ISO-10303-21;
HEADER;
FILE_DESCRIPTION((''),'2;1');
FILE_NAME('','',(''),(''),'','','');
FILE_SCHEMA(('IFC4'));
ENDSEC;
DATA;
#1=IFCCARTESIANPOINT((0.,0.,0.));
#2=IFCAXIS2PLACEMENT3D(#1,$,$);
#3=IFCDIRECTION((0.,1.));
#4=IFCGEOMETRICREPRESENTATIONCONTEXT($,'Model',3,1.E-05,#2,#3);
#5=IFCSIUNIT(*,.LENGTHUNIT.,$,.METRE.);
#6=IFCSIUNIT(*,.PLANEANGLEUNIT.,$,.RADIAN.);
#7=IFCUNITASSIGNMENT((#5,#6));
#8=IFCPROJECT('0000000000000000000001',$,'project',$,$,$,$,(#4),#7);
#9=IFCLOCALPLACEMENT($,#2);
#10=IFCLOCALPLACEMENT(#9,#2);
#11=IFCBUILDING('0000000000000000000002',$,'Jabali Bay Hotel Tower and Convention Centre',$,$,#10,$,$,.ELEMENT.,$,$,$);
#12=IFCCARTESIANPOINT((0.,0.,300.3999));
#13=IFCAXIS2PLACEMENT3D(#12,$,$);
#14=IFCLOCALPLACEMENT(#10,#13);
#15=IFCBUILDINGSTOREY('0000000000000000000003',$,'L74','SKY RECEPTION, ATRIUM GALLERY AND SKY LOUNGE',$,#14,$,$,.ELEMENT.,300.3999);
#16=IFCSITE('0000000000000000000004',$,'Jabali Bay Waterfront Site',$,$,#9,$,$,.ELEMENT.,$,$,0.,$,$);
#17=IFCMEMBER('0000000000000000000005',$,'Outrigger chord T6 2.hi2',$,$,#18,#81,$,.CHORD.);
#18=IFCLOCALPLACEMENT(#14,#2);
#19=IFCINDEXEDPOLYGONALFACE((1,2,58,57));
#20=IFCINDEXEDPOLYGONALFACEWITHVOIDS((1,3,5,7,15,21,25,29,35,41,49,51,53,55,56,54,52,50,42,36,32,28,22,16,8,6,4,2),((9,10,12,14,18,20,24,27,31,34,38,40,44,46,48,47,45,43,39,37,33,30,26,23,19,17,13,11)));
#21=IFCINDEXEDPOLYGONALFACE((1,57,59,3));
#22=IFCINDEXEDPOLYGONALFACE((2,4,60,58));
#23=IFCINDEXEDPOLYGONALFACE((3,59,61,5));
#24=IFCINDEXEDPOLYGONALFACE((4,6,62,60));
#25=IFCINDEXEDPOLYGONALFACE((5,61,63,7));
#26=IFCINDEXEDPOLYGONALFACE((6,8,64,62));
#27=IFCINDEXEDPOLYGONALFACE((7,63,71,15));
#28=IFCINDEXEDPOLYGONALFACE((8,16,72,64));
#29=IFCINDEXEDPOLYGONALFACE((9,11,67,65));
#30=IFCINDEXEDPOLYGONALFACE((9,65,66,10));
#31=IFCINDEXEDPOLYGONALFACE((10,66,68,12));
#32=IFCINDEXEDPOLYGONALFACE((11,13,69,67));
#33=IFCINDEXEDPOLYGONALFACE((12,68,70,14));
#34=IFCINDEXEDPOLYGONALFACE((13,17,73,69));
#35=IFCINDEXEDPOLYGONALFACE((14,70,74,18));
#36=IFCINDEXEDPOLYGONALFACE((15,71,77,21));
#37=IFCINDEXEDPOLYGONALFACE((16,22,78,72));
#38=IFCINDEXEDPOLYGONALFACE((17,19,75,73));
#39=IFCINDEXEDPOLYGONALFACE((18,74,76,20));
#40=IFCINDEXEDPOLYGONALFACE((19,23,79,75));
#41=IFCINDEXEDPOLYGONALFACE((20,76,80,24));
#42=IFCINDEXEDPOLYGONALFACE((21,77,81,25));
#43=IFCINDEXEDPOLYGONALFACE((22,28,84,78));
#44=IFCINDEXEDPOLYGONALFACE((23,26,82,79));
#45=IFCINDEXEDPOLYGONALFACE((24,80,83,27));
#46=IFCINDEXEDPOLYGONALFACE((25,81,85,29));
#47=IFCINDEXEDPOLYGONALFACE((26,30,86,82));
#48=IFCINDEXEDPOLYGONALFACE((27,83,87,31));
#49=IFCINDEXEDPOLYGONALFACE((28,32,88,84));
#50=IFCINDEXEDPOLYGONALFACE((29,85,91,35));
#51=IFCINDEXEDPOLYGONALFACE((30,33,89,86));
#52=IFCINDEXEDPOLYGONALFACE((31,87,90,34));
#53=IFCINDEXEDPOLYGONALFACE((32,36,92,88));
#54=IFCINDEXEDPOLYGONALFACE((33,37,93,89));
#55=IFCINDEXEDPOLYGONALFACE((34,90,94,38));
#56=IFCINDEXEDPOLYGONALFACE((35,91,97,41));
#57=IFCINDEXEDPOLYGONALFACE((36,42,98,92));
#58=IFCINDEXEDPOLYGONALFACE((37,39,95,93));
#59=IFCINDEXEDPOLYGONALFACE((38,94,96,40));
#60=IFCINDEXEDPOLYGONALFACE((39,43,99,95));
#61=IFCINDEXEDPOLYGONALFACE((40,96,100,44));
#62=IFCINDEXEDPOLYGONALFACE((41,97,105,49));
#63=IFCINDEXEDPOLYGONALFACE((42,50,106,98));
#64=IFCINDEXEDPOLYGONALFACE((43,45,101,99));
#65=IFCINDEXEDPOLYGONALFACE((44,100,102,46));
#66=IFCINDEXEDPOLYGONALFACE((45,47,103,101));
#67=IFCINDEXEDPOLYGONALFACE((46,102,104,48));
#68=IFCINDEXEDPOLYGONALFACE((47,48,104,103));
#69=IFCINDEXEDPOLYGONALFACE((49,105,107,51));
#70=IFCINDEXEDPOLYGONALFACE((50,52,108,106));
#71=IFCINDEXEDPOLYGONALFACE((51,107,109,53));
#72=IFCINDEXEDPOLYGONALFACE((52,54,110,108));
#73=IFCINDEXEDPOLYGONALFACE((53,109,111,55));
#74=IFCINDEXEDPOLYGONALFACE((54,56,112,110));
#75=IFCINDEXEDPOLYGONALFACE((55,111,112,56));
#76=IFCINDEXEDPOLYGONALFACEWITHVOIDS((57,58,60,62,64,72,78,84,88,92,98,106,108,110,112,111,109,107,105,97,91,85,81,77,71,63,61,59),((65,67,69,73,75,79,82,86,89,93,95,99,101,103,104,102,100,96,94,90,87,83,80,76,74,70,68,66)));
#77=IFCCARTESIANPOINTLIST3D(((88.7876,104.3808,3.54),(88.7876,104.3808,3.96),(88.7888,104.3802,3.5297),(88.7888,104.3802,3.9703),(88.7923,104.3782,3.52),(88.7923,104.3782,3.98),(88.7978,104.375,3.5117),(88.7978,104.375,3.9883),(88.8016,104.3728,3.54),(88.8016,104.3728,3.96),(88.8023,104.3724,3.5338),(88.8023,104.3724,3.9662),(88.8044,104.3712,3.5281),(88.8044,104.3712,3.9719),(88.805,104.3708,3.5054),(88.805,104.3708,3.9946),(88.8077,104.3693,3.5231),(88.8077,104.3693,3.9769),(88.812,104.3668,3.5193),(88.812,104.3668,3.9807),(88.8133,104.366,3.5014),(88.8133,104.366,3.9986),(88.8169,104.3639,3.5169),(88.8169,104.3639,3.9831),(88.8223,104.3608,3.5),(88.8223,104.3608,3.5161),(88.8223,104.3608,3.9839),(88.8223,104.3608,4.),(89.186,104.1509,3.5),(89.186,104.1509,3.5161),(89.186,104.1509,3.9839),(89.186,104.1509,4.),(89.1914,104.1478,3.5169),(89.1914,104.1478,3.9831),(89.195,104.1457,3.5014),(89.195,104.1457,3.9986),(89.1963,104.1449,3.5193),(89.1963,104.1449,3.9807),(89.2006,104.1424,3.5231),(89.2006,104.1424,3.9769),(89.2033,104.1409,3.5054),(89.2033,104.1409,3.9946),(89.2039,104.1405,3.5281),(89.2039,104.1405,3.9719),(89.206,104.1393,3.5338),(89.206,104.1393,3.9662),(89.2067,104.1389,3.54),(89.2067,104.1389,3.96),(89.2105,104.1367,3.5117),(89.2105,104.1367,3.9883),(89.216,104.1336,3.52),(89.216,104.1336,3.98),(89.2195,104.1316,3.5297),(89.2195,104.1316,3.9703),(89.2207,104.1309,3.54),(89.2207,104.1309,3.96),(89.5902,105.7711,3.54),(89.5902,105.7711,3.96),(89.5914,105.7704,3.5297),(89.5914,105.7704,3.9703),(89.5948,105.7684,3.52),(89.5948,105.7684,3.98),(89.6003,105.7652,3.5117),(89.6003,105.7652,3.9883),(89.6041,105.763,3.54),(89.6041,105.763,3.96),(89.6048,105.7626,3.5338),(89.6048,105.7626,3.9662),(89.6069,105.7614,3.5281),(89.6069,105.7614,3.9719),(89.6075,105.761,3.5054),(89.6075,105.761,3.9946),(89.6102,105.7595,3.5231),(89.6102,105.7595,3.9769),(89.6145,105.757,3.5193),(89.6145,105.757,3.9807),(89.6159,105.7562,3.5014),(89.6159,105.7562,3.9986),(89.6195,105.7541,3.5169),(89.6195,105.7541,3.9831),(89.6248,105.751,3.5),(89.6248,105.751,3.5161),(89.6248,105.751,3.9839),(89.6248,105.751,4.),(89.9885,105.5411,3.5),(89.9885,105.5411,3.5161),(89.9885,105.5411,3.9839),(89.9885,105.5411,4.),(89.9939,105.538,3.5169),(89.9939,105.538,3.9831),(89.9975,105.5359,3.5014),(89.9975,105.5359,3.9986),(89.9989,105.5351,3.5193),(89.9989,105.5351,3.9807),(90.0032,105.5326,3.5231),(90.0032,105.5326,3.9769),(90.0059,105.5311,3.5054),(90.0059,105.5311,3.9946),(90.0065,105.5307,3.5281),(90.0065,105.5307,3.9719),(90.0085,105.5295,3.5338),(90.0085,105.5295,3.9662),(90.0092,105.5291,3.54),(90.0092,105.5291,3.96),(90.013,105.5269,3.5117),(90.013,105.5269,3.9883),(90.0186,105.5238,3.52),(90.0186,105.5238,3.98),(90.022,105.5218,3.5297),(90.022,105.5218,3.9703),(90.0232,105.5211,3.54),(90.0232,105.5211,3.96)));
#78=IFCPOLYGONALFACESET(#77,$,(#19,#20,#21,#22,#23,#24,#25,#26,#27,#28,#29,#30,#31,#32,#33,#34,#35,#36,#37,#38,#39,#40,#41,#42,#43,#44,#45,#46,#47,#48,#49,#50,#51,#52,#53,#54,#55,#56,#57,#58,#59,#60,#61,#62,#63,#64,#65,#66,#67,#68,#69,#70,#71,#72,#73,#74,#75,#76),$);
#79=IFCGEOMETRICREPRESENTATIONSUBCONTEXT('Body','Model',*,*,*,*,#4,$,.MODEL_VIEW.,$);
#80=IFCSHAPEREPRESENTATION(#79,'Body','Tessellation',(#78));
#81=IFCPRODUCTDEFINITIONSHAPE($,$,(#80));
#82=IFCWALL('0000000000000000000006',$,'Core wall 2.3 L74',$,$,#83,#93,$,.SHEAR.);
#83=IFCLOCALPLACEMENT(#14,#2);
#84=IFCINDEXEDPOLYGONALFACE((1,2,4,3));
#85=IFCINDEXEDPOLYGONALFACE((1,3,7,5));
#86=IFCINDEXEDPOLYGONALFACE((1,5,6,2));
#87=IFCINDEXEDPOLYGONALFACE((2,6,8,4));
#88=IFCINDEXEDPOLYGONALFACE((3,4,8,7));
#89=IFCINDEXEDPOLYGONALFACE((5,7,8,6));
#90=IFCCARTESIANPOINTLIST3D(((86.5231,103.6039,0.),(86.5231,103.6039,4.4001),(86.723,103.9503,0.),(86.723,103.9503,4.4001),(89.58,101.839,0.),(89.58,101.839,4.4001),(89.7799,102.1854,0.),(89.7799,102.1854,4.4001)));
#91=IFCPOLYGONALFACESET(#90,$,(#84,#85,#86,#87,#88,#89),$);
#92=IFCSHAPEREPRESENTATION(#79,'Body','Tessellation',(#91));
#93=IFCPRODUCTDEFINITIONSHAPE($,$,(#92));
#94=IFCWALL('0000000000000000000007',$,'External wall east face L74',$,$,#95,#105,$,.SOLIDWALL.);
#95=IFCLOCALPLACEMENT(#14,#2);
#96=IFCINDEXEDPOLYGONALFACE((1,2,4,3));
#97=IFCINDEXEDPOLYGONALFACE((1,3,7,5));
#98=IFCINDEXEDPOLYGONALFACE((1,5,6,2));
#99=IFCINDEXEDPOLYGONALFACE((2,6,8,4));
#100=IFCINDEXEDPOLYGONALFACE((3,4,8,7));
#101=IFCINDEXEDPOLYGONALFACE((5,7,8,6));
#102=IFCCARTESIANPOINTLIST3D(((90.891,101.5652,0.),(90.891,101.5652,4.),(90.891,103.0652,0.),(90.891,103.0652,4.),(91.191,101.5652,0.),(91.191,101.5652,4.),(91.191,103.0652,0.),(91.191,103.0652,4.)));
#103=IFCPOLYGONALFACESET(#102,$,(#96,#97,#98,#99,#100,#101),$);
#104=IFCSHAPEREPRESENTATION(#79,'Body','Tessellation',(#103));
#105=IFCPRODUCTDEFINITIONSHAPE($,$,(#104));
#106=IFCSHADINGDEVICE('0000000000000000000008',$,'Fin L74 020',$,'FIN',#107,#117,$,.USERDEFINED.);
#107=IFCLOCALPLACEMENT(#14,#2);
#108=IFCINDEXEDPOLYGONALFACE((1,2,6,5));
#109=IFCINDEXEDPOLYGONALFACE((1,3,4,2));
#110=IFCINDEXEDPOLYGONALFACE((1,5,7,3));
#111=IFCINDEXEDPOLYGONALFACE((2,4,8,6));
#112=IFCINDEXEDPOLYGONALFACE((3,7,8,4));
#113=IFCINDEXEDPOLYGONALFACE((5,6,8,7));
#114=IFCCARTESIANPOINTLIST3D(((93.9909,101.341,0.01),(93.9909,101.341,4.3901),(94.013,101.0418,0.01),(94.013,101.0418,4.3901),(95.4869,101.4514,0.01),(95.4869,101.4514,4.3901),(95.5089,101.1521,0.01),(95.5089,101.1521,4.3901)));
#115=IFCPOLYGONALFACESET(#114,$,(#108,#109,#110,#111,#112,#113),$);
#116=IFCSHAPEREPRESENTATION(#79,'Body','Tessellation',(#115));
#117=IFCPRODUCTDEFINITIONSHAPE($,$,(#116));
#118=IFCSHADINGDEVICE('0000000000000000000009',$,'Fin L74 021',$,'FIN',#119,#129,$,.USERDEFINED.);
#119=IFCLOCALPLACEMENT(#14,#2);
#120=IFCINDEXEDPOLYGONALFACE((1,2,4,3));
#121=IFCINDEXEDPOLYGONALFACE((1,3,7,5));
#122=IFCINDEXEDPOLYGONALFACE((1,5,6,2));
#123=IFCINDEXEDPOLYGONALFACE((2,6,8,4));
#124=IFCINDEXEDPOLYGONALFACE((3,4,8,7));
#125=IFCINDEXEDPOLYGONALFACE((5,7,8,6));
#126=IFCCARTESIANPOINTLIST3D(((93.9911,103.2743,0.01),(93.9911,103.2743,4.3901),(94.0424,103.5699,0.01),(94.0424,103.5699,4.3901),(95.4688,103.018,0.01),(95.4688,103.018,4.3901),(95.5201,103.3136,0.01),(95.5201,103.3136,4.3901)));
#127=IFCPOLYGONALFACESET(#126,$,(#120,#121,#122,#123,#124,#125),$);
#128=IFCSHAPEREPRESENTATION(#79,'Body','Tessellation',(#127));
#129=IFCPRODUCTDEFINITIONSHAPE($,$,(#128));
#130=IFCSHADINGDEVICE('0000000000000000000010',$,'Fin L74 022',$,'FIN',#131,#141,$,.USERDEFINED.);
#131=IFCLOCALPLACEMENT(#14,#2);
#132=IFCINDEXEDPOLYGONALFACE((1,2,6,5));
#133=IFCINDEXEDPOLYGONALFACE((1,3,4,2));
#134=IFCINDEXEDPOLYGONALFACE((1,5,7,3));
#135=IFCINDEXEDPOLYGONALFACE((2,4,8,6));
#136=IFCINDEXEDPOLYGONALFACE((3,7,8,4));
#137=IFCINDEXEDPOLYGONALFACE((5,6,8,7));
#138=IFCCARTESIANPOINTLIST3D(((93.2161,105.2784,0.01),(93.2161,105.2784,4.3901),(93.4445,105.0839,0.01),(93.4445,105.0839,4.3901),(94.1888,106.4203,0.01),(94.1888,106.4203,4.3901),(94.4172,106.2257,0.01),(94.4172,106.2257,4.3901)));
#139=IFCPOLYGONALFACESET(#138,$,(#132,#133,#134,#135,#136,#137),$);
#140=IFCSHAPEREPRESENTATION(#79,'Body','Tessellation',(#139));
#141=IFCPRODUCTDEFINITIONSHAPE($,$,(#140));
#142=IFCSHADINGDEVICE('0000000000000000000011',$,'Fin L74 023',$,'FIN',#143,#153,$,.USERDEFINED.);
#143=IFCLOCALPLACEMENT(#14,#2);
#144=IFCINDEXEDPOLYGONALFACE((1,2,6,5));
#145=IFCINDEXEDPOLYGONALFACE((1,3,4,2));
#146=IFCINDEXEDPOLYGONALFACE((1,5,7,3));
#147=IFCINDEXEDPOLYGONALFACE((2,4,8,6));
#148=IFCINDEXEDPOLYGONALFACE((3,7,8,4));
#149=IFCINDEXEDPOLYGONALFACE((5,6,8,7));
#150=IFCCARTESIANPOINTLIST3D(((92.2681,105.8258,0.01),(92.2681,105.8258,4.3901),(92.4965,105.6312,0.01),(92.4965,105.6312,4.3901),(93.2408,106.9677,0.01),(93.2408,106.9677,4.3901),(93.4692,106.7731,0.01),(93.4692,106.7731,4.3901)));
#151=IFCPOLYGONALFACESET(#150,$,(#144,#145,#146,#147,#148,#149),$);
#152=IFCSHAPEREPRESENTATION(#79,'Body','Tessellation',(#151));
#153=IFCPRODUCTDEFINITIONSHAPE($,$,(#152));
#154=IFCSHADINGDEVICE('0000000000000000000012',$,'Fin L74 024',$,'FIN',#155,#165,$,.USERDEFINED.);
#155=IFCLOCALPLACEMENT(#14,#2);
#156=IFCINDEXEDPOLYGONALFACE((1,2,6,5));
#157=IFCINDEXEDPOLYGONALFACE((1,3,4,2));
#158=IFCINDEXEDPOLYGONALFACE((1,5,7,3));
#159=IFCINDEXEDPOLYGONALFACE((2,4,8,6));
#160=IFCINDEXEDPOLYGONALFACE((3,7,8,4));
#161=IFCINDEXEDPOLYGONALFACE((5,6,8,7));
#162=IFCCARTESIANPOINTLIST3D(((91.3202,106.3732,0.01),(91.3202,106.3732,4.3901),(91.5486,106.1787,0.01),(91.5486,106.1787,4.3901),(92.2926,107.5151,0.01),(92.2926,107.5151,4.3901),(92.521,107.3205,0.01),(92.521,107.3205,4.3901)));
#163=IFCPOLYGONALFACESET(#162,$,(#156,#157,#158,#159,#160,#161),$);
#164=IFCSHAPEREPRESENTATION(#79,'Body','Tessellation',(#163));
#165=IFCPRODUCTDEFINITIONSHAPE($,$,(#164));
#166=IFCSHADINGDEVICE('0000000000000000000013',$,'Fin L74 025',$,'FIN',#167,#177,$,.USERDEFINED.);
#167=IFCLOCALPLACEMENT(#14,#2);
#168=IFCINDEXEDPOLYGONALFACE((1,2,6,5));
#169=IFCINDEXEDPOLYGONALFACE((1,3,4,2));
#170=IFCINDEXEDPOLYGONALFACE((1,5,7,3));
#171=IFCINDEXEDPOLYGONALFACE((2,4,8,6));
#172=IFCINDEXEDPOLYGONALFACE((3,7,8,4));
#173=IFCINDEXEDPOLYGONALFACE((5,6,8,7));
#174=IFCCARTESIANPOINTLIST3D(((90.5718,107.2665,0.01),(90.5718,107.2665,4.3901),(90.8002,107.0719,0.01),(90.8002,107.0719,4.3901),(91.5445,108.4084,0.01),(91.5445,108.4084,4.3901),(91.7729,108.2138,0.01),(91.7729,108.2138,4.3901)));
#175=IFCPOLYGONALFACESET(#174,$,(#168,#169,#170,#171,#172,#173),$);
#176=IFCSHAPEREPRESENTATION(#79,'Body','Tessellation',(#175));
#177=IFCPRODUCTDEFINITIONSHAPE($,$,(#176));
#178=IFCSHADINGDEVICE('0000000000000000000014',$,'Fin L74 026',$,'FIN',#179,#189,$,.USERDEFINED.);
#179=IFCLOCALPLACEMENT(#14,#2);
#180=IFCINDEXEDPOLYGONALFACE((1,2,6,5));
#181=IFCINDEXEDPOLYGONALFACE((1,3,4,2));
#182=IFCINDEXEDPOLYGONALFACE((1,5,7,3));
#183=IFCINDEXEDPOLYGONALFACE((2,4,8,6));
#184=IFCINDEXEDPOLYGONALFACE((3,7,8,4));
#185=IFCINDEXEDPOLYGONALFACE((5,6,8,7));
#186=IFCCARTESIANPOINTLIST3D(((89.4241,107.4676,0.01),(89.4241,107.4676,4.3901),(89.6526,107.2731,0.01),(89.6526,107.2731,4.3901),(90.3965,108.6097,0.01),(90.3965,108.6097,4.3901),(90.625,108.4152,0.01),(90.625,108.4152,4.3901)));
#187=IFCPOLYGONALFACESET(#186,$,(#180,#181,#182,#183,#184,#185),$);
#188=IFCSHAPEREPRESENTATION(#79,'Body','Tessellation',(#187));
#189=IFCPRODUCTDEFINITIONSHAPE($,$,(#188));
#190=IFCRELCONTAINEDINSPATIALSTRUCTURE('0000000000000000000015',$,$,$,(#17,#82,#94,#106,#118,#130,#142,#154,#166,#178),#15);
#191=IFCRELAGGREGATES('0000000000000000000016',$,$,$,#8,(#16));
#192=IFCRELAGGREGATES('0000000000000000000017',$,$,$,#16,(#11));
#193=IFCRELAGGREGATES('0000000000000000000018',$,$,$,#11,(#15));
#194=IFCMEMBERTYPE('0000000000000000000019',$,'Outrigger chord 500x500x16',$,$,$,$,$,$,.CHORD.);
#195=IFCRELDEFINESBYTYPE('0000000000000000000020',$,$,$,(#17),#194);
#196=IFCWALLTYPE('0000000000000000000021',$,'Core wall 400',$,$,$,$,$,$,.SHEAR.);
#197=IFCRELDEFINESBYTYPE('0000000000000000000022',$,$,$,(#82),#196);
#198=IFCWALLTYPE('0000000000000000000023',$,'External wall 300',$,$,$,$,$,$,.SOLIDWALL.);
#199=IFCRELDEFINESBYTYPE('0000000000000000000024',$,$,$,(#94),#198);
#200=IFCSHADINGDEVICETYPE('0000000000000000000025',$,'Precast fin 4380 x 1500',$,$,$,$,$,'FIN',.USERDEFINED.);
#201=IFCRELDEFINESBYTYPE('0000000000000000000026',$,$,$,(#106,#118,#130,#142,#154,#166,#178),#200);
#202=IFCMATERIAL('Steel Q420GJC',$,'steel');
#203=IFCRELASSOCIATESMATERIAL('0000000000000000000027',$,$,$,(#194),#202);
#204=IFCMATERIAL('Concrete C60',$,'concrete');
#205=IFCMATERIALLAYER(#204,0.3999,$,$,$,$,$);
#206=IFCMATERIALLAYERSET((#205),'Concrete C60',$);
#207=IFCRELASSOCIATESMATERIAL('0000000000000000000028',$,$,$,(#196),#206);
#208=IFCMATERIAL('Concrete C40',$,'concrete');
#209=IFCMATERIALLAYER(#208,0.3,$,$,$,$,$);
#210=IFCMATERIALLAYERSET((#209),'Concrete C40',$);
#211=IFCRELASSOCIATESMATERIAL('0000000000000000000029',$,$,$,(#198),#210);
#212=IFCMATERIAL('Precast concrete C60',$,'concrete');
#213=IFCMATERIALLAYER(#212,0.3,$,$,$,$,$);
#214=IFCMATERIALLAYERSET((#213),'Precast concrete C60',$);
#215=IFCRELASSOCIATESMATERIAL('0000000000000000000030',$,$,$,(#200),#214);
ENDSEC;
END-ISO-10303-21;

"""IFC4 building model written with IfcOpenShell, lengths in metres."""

from ifc_helpers import new_model, si_unit, direction, frame, frame_2d, origin, origin_2d, place, context, subcontext, project, spatial, rectangle, hollow_rectangle, extrude, material, layer, layer_set, material_profile, profile_set, type_object, element, save


model = new_model("IFC4")

# Units and contexts
model_context = context("Model", 3, precision=1e-05, world=origin(), true_north=direction((0.0, 1.0)))
body_context = subcontext(model_context, "Body", "Model", "MODEL_VIEW")
ifc_project = project(units=[si_unit("LENGTHUNIT", "METRE"), si_unit("PLANEANGLEUNIT", "RADIAN")], contexts=[model_context])

# Site, building, storey
site_placement = place(None, origin())
site = spatial("IfcSite", under=ifc_project, at=site_placement, Name="Jabali Bay Waterfront Site", CompositionType="ELEMENT", RefElevation=0.0)
building_placement = place(site_placement, origin())
building = spatial("IfcBuilding", under=site, at=building_placement, Name="Jabali Bay Hotel Tower and Convention Centre", CompositionType="ELEMENT")
storey_placement = place(building_placement, frame((0.0, 0.0, 300.3999)))
storey = spatial("IfcBuildingStorey", under=building, at=storey_placement, Name="L74", Description="SKY RECEPTION, ATRIUM GALLERY AND SKY LOUNGE", CompositionType="ELEMENT", Elevation=300.3999)

# Shared definitions
ifc_material_1 = material(Name="Concrete C60", Category="concrete")

# Shared definitions
ifc_material_2 = material(Name="Steel Q420GJC", Category="steel")

# Member
ifc_material_profile_1 = material_profile(ifc_material_2, hollow_rectangle(XDim=0.5, YDim=0.5, WallThickness=0.0161, InnerFilletRadius=0.0239, OuterFilletRadius=0.04, at=origin_2d()), Name="Outrigger chord 500x500x16")
ifc_profile_set_1 = profile_set([ifc_material_profile_1], Name="Steel Q420GJC")
member_type_1 = type_object("IfcMemberType", Name="Outrigger chord 500x500x16", PredefinedType="CHORD", material=ifc_profile_set_1)
member_1_placement = place(storey_placement, frame((89.0042, 104.2559, 3.75), z_axis=(0.499951, 0.866054, 0.0), x_axis=(-0.866054, 0.499951, 0.0)))
element("IfcMember", 1, at=member_1_placement, inside=storey, type_object=member_type_1, Name="Outrigger chord T6 2.hi2", PredefinedType="CHORD", context=body_context, shape_type="SweptSolid", body=[
    extrude(hollow_rectangle(XDim=0.5, YDim=0.5, WallThickness=0.0161, InnerFilletRadius=0.0239, OuterFilletRadius=0.04, at=origin_2d()), origin(), (0.0, 0.0, 1.0), 1.6052),
])

# Walls
ifc_layer_1 = layer(ifc_material_1, 0.3999)
ifc_layer_set_1 = layer_set([ifc_layer_1], Name="Concrete C60")
wall_type_1 = type_object("IfcWallType", Name="Core wall 400", PredefinedType="SHEAR", material=ifc_layer_set_1)
wall_1_placement = place(storey_placement, frame((89.6799, 102.0122, 0.0), z_axis=(0.0, 0.0, 1.0), x_axis=(-0.866025, 0.5, 0.0)))
element("IfcWall", 2, at=wall_1_placement, inside=storey, type_object=wall_type_1, Name="Core wall 2.3 L74", PredefinedType="SHEAR", context=body_context, shape_type="SweptSolid", body=[
    extrude(rectangle(XDim=3.5298, YDim=0.3999, at=frame_2d((1.7649, 0.0))), origin(), (0.0, 0.0, 1.0), 4.4001),
])
ifc_material_3 = material(Name="Concrete C40", Category="concrete")
ifc_layer_2 = layer(ifc_material_3, 0.3)
ifc_layer_set_2 = layer_set([ifc_layer_2], Name="Concrete C40")
wall_type_2 = type_object("IfcWallType", Name="External wall 300", PredefinedType="SOLIDWALL", material=ifc_layer_set_2)
wall_2_placement = place(storey_placement, frame((91.041, 103.0652, 0.0), z_axis=(0.0, 0.0, 1.0), x_axis=(0.0, -1.0, 0.0)))
element("IfcWall", 3, at=wall_2_placement, inside=storey, type_object=wall_type_2, Name="External wall east face L74", PredefinedType="SOLIDWALL", context=body_context, shape_type="SweptSolid", body=[
    extrude(rectangle(XDim=1.5, YDim=0.3, at=frame_2d((0.75, 0.0))), origin(), (0.0, 0.0, 1.0), 4.0),
])

# Shading devices
ifc_material_4 = material(Name="Precast concrete C60", Category="concrete")
ifc_layer_3 = layer(ifc_material_4, 0.3)
ifc_layer_set_3 = layer_set([ifc_layer_3], Name="Precast concrete C60")
shading_device_type = type_object("IfcShadingDeviceType", Name="Precast fin 4380 x 1500", ElementType="FIN", PredefinedType="USERDEFINED", material=ifc_layer_set_3)
shading_device_1_placement = place(storey_placement, frame((94.002, 101.1914, 0.01), z_axis=(0.0, 0.0, 1.0), x_axis=(0.99729, 0.073572, 0.0)))
element("IfcShadingDevice", 4, at=shading_device_1_placement, inside=storey, type_object=shading_device_type, Name="Fin L74 020", ObjectType="FIN", PredefinedType="USERDEFINED", context=body_context, shape_type="SweptSolid", body=[
    extrude(rectangle(XDim=1.5, YDim=0.3, at=frame_2d((0.75, 0.0))), origin(), (0.0, 0.0, 1.0), 4.3801),
])
shading_device_2_placement = place(storey_placement, frame((94.0166, 103.4221, 0.01), z_axis=(0.0, 0.0, 1.0), x_axis=(0.985286, -0.170915, 0.0)))
element("IfcShadingDevice", 5, at=shading_device_2_placement, inside=storey, type_object=shading_device_type, Name="Fin L74 021", ObjectType="FIN", PredefinedType="USERDEFINED", context=body_context, shape_type="SweptSolid", body=[
    extrude(rectangle(XDim=1.4998, YDim=0.3, at=frame_2d((0.75, 0.0))), origin(), (0.0, 0.0, 1.0), 4.3801),
])
for number, where, z_axis, x_axis, name in (
    (6, (93.3303, 105.1812, 0.01), (0.0, 0.0, 1.0), (0.648456, 0.761252, 0.0), "Fin L74 022"),
    (7, (92.3823, 105.7285, 0.01), (0.0, 0.0, 1.0), (0.648456, 0.761252, 0.0), "Fin L74 023"),
):
    element("IfcShadingDevice", number, at=place(storey_placement, frame(where, z_axis=z_axis, x_axis=x_axis)), inside=storey, type_object=shading_device_type, Name=name, ObjectType="FIN", PredefinedType="USERDEFINED", context=body_context, shape_type="SweptSolid", body=[
        extrude(rectangle(XDim=1.5, YDim=0.3, at=frame_2d((0.75, 0.0))), origin(), (0.0, 0.0, 1.0), 4.3801),
    ])
shading_device_3_placement = place(storey_placement, frame((91.4343, 106.2759, 0.01), z_axis=(0.0, 0.0, 1.0), x_axis=(0.648362, 0.761333, 0.0)))
element("IfcShadingDevice", 8, at=shading_device_3_placement, inside=storey, type_object=shading_device_type, Name="Fin L74 024", ObjectType="FIN", PredefinedType="USERDEFINED", context=body_context, shape_type="SweptSolid", body=[
    extrude(rectangle(XDim=1.4998, YDim=0.3, at=frame_2d((0.75, 0.0))), origin(), (0.0, 0.0, 1.0), 4.3801),
])
for number, where, z_axis, x_axis, name in (
    (9, (90.686, 107.1692, 0.01), (0.0, 0.0, 1.0), (0.648456, 0.761252, 0.0), "Fin L74 025"),
    (10, (89.5383, 107.3704, 0.01), (0.0, 0.0, 1.0), (0.648281, 0.761401, 0.0), "Fin L74 026"),
):
    element("IfcShadingDevice", number, at=place(storey_placement, frame(where, z_axis=z_axis, x_axis=x_axis)), inside=storey, type_object=shading_device_type, Name=name, ObjectType="FIN", PredefinedType="USERDEFINED", context=body_context, shape_type="SweptSolid", body=[
        extrude(rectangle(XDim=1.5, YDim=0.3, at=frame_2d((0.75, 0.0))), origin(), (0.0, 0.0, 1.0), 4.3801),
    ])

save(model, "model.ifc")
